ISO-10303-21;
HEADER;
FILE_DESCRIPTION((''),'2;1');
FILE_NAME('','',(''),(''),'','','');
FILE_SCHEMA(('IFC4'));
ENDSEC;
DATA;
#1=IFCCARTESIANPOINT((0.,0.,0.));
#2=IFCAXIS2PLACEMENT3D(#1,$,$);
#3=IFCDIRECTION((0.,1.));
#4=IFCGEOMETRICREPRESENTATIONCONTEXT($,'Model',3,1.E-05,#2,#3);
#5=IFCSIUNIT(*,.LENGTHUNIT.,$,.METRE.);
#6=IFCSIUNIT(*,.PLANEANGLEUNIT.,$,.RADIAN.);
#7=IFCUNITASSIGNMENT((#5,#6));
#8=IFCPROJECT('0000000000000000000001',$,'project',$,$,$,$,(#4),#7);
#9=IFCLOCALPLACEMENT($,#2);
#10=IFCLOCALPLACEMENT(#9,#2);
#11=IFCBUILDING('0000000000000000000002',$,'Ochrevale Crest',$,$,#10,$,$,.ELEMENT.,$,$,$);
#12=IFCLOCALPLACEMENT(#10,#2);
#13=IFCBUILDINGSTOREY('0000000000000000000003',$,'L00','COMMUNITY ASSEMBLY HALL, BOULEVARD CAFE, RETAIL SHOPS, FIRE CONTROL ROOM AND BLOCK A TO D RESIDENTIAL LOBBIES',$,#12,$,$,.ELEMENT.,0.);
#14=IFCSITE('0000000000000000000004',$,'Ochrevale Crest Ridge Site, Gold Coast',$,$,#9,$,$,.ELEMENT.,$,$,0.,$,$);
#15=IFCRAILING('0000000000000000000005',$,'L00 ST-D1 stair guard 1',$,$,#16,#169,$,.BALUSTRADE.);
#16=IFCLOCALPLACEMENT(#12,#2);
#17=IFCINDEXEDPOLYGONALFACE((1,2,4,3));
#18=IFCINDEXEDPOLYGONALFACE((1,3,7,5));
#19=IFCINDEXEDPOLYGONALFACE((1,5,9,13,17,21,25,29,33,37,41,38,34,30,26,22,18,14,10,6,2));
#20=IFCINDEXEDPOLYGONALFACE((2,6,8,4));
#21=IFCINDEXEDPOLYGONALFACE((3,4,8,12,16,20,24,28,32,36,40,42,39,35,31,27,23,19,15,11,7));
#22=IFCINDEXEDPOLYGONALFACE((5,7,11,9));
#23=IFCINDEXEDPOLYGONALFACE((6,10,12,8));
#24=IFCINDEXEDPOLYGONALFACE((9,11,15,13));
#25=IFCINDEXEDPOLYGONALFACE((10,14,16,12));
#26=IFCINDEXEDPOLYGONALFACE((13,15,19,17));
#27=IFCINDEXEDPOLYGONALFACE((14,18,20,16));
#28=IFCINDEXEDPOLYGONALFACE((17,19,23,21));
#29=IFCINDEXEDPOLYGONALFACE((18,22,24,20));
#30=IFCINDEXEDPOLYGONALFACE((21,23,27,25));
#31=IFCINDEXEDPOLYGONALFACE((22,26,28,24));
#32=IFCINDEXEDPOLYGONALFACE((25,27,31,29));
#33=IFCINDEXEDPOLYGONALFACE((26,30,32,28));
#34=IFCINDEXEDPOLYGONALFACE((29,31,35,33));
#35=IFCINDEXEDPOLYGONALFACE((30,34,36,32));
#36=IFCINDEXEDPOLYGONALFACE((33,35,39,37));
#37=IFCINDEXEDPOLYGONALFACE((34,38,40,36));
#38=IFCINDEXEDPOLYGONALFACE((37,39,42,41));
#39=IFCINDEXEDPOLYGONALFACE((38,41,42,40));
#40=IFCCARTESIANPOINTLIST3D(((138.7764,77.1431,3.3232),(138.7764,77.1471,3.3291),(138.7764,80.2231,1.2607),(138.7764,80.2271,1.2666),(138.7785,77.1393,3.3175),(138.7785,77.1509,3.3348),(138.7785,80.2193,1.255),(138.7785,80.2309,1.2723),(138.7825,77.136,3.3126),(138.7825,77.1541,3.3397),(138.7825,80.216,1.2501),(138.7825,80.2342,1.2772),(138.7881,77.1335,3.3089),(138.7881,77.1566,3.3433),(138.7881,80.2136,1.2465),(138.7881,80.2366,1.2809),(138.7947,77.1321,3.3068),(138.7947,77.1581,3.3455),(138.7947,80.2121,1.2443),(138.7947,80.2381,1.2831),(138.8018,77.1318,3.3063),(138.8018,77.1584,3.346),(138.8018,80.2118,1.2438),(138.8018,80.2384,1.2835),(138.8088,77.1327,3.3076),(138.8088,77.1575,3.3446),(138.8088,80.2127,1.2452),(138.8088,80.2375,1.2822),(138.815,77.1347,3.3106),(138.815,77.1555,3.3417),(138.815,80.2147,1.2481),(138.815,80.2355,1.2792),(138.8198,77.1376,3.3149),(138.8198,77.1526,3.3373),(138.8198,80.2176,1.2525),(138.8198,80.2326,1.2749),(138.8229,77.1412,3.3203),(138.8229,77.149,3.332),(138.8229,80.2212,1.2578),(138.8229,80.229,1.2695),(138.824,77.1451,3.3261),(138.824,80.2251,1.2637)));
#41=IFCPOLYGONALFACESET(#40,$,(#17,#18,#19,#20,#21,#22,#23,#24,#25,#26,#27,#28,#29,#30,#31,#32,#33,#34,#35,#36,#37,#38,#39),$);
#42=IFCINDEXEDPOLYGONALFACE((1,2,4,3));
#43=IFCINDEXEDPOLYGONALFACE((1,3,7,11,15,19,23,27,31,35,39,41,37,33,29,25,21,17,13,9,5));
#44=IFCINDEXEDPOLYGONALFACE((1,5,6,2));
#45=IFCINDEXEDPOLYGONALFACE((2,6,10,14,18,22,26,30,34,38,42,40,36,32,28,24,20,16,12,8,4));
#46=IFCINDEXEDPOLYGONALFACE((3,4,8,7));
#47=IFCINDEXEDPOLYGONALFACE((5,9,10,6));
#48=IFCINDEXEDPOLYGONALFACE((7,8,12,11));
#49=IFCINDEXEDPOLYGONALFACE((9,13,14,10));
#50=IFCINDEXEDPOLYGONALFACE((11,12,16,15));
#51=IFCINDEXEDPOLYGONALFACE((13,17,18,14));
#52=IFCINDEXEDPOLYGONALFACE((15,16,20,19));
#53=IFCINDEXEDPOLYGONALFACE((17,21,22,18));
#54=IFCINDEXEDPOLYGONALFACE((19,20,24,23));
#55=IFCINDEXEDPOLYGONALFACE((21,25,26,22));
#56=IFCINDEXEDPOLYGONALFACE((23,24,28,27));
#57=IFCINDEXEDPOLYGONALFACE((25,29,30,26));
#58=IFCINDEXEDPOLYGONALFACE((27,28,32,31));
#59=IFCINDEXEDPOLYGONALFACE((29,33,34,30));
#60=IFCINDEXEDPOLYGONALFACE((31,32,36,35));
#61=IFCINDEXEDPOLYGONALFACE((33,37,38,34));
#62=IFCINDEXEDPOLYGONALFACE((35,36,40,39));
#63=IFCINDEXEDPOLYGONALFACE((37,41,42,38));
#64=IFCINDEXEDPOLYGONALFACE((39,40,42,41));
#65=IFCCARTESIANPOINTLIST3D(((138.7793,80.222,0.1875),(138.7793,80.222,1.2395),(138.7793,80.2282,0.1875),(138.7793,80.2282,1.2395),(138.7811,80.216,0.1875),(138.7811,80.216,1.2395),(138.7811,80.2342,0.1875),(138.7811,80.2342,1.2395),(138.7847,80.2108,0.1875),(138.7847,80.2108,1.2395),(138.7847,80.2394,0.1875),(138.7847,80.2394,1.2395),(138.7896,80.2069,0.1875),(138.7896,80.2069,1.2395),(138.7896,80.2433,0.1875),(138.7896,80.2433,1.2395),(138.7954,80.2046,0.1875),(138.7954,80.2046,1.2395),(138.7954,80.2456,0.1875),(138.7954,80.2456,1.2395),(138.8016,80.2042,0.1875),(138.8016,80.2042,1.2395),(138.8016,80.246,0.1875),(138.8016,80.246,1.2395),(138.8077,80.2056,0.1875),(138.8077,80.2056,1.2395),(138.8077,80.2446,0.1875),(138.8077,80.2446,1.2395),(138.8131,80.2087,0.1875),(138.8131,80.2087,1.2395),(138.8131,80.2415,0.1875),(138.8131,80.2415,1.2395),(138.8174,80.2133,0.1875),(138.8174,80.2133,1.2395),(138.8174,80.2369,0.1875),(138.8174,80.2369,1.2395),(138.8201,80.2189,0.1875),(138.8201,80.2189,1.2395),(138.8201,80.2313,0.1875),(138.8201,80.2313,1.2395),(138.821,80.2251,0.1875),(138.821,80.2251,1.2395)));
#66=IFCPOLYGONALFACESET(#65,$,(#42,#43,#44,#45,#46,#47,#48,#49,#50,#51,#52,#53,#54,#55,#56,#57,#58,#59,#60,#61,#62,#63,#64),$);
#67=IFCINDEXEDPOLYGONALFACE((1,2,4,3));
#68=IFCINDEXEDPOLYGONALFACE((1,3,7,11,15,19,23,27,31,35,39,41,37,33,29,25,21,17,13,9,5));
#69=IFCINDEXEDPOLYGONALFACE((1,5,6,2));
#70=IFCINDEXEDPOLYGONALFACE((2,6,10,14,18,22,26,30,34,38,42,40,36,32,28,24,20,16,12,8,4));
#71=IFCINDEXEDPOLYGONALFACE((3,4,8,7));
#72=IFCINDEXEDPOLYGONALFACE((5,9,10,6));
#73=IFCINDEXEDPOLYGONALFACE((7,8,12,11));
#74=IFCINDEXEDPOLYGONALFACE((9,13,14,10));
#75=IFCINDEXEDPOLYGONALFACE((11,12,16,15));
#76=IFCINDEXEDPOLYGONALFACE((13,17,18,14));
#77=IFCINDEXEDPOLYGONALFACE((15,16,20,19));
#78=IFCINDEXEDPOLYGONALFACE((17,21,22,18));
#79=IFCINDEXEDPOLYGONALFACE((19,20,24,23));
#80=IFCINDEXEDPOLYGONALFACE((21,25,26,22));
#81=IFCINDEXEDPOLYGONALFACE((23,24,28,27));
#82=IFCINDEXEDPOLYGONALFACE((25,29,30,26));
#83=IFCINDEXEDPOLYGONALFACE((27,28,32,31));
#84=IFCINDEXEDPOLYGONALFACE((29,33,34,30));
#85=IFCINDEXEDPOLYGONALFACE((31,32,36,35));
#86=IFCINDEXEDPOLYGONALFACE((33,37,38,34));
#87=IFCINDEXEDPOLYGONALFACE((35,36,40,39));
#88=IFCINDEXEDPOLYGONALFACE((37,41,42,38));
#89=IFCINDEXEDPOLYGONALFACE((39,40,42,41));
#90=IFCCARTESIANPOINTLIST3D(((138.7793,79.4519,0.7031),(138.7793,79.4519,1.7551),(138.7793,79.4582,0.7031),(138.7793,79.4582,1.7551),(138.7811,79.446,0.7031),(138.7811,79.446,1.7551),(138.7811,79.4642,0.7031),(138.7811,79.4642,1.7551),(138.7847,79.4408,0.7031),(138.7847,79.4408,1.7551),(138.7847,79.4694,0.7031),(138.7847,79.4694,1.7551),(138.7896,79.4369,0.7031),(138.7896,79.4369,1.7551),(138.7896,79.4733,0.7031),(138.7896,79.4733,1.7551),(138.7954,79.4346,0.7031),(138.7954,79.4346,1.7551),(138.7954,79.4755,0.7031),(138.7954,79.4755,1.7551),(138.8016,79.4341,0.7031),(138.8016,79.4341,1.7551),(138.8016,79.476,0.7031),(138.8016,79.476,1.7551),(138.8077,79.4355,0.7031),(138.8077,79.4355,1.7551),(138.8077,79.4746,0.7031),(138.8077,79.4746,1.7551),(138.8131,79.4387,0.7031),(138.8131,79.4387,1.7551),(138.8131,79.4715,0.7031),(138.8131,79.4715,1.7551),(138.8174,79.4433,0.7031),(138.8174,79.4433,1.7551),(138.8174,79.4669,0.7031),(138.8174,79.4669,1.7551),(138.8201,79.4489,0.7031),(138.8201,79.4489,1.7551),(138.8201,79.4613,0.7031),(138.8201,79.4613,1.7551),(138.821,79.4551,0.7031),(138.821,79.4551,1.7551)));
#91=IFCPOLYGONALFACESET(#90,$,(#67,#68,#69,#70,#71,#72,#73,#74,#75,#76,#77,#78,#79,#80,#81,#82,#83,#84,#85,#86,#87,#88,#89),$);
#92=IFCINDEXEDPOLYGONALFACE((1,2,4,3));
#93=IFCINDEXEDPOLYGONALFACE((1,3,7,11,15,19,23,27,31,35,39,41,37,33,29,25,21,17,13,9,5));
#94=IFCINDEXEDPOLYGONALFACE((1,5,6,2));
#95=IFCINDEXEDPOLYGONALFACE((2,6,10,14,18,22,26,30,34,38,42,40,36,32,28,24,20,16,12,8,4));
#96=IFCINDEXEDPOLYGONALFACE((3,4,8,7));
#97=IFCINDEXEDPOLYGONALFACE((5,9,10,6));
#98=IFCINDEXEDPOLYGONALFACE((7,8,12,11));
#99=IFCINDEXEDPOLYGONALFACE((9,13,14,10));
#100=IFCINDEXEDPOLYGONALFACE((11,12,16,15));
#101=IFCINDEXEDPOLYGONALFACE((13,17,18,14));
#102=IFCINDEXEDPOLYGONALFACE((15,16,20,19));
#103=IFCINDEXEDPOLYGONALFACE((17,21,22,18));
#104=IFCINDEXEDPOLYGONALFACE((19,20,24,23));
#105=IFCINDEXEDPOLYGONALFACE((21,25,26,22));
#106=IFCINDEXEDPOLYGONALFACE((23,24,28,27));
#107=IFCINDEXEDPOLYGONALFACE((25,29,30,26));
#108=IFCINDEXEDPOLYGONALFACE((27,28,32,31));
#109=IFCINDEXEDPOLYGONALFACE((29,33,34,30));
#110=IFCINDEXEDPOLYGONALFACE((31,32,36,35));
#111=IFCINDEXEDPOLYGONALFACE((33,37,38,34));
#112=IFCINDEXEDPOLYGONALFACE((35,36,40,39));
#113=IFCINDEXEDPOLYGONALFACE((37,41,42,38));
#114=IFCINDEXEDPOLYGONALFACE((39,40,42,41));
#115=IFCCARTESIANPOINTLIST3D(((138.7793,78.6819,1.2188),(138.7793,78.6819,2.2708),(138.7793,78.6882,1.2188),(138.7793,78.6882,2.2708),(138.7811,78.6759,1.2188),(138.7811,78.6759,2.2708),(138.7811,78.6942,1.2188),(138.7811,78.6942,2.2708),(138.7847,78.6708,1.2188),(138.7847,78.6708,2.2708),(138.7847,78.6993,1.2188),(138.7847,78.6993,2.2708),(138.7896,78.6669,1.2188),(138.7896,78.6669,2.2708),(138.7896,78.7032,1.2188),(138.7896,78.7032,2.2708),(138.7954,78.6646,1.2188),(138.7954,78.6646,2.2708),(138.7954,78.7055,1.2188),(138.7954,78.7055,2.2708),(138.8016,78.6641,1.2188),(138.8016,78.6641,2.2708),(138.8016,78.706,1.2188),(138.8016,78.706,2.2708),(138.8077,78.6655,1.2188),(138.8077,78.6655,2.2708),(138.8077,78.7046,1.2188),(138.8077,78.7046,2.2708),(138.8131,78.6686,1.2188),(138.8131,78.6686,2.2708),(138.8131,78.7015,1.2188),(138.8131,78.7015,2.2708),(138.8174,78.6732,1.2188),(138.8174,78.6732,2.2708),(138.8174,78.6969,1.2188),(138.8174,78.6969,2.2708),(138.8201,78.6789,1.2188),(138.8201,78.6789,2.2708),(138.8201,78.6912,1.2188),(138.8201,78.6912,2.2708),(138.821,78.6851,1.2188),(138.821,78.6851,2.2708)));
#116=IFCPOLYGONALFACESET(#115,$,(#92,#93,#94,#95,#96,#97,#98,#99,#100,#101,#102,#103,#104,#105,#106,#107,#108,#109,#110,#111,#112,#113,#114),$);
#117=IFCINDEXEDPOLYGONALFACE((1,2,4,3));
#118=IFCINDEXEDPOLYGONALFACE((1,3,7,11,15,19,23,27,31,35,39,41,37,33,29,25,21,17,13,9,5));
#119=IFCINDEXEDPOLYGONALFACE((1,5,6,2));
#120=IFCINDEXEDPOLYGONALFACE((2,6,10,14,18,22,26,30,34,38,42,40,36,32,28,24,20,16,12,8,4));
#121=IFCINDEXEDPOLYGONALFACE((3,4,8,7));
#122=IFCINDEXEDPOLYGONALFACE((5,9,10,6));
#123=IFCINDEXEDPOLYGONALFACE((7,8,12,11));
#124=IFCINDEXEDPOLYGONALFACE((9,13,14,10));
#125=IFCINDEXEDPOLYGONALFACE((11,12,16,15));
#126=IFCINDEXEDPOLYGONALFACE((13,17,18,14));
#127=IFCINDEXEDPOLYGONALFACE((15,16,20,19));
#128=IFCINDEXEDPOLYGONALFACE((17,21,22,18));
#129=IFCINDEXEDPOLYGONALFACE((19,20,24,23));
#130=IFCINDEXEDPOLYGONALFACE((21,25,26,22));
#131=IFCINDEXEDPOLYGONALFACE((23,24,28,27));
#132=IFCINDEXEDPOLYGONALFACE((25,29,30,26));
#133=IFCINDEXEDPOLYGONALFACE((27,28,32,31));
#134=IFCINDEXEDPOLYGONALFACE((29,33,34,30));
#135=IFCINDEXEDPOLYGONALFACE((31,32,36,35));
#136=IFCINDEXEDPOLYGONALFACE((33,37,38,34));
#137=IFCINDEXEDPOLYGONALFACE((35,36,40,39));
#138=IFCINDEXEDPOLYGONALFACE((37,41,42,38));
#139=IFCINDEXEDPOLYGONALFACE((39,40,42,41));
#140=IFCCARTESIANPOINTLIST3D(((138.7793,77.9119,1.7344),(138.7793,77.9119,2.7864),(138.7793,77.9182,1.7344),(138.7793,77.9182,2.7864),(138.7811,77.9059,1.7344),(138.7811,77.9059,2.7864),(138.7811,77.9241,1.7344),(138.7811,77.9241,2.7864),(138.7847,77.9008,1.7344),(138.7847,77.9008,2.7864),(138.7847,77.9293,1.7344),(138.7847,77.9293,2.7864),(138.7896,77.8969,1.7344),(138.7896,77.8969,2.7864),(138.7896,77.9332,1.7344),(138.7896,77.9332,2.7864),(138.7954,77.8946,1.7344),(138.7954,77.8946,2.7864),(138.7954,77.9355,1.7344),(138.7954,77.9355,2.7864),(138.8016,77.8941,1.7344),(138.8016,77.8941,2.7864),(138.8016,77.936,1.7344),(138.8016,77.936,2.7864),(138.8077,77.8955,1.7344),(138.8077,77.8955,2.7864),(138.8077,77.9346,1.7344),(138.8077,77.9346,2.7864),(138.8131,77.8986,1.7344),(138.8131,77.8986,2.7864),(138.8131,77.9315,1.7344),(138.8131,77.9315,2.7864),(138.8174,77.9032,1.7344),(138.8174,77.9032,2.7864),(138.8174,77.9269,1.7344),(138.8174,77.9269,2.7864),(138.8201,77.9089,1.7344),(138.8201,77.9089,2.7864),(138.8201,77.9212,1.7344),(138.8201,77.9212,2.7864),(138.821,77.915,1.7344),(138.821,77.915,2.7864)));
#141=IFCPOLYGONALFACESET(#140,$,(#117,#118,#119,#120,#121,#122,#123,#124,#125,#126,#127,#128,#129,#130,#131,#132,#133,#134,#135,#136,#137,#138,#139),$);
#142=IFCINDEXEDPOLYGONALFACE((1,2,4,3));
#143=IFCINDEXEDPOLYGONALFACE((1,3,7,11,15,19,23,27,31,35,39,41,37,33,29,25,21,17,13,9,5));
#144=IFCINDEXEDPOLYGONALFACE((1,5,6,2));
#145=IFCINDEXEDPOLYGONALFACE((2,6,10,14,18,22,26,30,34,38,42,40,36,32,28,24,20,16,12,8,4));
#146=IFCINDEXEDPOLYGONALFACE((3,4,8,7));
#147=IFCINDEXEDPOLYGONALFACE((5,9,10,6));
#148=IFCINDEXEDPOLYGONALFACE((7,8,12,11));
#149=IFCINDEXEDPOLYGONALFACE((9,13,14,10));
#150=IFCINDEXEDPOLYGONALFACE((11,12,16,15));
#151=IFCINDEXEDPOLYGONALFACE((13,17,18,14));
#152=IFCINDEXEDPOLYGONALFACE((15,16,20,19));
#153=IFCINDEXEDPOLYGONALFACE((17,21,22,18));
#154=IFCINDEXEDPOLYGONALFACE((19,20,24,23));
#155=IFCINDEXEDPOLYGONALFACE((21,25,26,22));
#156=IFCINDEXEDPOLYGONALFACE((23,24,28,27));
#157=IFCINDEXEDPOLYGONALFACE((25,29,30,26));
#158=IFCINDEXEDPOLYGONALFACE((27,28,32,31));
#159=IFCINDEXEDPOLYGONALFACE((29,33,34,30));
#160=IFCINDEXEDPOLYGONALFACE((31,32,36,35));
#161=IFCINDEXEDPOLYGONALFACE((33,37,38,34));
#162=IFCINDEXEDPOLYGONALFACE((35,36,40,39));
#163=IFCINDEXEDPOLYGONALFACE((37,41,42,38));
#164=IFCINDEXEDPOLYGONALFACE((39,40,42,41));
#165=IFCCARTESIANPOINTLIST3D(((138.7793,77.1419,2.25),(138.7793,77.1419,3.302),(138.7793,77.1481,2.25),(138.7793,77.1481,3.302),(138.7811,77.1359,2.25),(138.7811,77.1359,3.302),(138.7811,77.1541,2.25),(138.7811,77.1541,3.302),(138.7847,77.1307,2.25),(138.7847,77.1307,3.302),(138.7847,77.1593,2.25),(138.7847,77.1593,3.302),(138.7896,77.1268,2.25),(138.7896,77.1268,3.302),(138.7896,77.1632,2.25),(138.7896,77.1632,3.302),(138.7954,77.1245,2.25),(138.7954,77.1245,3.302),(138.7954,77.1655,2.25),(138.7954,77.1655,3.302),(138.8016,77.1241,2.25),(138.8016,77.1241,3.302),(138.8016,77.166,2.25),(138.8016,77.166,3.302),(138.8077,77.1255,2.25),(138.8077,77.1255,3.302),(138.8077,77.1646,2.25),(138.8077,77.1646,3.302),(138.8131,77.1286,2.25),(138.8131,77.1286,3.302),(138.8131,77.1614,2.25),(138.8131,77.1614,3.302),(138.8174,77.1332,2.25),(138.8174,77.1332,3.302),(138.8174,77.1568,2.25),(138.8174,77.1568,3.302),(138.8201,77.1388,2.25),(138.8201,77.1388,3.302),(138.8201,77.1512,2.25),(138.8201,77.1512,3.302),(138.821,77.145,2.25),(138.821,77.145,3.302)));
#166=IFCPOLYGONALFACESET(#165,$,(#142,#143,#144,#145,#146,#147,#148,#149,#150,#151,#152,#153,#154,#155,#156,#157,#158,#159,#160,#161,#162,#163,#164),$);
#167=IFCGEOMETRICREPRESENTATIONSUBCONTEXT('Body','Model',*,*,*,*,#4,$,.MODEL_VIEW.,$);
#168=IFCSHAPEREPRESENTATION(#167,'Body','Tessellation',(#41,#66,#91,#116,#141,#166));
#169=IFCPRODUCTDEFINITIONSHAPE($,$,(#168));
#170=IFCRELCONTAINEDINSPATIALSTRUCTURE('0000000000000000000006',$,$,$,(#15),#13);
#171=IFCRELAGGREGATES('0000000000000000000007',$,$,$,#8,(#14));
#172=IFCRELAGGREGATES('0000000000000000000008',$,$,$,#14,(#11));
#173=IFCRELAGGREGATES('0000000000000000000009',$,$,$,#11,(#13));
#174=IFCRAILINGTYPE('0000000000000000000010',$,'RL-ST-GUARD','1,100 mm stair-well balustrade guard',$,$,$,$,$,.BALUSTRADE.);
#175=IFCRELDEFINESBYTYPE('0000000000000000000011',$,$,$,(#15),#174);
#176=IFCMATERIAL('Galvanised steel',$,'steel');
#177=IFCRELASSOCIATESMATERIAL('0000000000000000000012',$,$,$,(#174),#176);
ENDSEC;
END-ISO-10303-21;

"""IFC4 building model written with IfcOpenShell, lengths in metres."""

from ifc_helpers import new_model, si_unit, direction, frame, origin, origin_2d, place, context, subcontext, project, spatial, circle, extrude, material, type_object, element, save


model = new_model("IFC4")

# Units and contexts
model_context = context("Model", 3, precision=1e-05, world=origin(), true_north=direction((0.0, 1.0)))
body_context = subcontext(model_context, "Body", "Model", "MODEL_VIEW")
ifc_project = project(units=[si_unit("LENGTHUNIT", "METRE"), si_unit("PLANEANGLEUNIT", "RADIAN")], contexts=[model_context])

# Site, building, storey
site_placement = place(None, origin())
site = spatial("IfcSite", under=ifc_project, at=site_placement, Name="Ochrevale Crest Ridge Site, Gold Coast", CompositionType="ELEMENT", RefElevation=0.0)
building_placement = place(site_placement, origin())
building = spatial("IfcBuilding", under=site, at=building_placement, Name="Ochrevale Crest", CompositionType="ELEMENT")
storey_placement = place(building_placement, origin())
storey = spatial("IfcBuildingStorey", under=building, at=storey_placement, Name="L00", Description="COMMUNITY ASSEMBLY HALL, BOULEVARD CAFE, RETAIL SHOPS, FIRE CONTROL ROOM AND BLOCK A TO D RESIDENTIAL LOBBIES", CompositionType="ELEMENT", Elevation=0.0)

# Railing
ifc_material_1 = material(Name="Galvanised steel", Category="steel")
railing_type_1 = type_object("IfcRailingType", Name="RL-ST-GUARD", Description="1,100 mm stair-well balustrade guard", PredefinedType="BALUSTRADE", material=ifc_material_1)
railing_1_placement = place(storey_placement, frame((138.8, 80.2251, 0.1875)))
element("IfcRailing", 1, at=railing_1_placement, inside=storey, type_object=railing_type_1, Name="L00 ST-D1 stair guard 1", PredefinedType="BALUSTRADE", context=body_context, shape_type="SweptSolid", body=[
    extrude(circle(Radius=0.0239, at=origin_2d()), frame((0.0, 0.0, 1.0762), z_axis=(0.0, -0.830914, 0.556401), x_axis=(1.0, 0.0, 0.0)), (0.0, 0.0, 1.0), 3.7068),
    extrude(circle(Radius=0.021, at=origin_2d()), origin(), (0.0, 0.0, 1.0), 1.052),
    extrude(circle(Radius=0.021, at=origin_2d()), frame((0.0, -0.77, 0.5156)), (0.0, 0.0, 1.0), 1.052),
    extrude(circle(Radius=0.021, at=origin_2d()), frame((0.0, -1.54, 1.0312)), (0.0, 0.0, 1.0), 1.052),
    extrude(circle(Radius=0.021, at=origin_2d()), frame((0.0, -2.3101, 1.5469)), (0.0, 0.0, 1.0), 1.052),
    extrude(circle(Radius=0.021, at=origin_2d()), frame((0.0, -3.0801, 2.0625)), (0.0, 0.0, 1.0), 1.052),
])

save(model, "model.ifc")
